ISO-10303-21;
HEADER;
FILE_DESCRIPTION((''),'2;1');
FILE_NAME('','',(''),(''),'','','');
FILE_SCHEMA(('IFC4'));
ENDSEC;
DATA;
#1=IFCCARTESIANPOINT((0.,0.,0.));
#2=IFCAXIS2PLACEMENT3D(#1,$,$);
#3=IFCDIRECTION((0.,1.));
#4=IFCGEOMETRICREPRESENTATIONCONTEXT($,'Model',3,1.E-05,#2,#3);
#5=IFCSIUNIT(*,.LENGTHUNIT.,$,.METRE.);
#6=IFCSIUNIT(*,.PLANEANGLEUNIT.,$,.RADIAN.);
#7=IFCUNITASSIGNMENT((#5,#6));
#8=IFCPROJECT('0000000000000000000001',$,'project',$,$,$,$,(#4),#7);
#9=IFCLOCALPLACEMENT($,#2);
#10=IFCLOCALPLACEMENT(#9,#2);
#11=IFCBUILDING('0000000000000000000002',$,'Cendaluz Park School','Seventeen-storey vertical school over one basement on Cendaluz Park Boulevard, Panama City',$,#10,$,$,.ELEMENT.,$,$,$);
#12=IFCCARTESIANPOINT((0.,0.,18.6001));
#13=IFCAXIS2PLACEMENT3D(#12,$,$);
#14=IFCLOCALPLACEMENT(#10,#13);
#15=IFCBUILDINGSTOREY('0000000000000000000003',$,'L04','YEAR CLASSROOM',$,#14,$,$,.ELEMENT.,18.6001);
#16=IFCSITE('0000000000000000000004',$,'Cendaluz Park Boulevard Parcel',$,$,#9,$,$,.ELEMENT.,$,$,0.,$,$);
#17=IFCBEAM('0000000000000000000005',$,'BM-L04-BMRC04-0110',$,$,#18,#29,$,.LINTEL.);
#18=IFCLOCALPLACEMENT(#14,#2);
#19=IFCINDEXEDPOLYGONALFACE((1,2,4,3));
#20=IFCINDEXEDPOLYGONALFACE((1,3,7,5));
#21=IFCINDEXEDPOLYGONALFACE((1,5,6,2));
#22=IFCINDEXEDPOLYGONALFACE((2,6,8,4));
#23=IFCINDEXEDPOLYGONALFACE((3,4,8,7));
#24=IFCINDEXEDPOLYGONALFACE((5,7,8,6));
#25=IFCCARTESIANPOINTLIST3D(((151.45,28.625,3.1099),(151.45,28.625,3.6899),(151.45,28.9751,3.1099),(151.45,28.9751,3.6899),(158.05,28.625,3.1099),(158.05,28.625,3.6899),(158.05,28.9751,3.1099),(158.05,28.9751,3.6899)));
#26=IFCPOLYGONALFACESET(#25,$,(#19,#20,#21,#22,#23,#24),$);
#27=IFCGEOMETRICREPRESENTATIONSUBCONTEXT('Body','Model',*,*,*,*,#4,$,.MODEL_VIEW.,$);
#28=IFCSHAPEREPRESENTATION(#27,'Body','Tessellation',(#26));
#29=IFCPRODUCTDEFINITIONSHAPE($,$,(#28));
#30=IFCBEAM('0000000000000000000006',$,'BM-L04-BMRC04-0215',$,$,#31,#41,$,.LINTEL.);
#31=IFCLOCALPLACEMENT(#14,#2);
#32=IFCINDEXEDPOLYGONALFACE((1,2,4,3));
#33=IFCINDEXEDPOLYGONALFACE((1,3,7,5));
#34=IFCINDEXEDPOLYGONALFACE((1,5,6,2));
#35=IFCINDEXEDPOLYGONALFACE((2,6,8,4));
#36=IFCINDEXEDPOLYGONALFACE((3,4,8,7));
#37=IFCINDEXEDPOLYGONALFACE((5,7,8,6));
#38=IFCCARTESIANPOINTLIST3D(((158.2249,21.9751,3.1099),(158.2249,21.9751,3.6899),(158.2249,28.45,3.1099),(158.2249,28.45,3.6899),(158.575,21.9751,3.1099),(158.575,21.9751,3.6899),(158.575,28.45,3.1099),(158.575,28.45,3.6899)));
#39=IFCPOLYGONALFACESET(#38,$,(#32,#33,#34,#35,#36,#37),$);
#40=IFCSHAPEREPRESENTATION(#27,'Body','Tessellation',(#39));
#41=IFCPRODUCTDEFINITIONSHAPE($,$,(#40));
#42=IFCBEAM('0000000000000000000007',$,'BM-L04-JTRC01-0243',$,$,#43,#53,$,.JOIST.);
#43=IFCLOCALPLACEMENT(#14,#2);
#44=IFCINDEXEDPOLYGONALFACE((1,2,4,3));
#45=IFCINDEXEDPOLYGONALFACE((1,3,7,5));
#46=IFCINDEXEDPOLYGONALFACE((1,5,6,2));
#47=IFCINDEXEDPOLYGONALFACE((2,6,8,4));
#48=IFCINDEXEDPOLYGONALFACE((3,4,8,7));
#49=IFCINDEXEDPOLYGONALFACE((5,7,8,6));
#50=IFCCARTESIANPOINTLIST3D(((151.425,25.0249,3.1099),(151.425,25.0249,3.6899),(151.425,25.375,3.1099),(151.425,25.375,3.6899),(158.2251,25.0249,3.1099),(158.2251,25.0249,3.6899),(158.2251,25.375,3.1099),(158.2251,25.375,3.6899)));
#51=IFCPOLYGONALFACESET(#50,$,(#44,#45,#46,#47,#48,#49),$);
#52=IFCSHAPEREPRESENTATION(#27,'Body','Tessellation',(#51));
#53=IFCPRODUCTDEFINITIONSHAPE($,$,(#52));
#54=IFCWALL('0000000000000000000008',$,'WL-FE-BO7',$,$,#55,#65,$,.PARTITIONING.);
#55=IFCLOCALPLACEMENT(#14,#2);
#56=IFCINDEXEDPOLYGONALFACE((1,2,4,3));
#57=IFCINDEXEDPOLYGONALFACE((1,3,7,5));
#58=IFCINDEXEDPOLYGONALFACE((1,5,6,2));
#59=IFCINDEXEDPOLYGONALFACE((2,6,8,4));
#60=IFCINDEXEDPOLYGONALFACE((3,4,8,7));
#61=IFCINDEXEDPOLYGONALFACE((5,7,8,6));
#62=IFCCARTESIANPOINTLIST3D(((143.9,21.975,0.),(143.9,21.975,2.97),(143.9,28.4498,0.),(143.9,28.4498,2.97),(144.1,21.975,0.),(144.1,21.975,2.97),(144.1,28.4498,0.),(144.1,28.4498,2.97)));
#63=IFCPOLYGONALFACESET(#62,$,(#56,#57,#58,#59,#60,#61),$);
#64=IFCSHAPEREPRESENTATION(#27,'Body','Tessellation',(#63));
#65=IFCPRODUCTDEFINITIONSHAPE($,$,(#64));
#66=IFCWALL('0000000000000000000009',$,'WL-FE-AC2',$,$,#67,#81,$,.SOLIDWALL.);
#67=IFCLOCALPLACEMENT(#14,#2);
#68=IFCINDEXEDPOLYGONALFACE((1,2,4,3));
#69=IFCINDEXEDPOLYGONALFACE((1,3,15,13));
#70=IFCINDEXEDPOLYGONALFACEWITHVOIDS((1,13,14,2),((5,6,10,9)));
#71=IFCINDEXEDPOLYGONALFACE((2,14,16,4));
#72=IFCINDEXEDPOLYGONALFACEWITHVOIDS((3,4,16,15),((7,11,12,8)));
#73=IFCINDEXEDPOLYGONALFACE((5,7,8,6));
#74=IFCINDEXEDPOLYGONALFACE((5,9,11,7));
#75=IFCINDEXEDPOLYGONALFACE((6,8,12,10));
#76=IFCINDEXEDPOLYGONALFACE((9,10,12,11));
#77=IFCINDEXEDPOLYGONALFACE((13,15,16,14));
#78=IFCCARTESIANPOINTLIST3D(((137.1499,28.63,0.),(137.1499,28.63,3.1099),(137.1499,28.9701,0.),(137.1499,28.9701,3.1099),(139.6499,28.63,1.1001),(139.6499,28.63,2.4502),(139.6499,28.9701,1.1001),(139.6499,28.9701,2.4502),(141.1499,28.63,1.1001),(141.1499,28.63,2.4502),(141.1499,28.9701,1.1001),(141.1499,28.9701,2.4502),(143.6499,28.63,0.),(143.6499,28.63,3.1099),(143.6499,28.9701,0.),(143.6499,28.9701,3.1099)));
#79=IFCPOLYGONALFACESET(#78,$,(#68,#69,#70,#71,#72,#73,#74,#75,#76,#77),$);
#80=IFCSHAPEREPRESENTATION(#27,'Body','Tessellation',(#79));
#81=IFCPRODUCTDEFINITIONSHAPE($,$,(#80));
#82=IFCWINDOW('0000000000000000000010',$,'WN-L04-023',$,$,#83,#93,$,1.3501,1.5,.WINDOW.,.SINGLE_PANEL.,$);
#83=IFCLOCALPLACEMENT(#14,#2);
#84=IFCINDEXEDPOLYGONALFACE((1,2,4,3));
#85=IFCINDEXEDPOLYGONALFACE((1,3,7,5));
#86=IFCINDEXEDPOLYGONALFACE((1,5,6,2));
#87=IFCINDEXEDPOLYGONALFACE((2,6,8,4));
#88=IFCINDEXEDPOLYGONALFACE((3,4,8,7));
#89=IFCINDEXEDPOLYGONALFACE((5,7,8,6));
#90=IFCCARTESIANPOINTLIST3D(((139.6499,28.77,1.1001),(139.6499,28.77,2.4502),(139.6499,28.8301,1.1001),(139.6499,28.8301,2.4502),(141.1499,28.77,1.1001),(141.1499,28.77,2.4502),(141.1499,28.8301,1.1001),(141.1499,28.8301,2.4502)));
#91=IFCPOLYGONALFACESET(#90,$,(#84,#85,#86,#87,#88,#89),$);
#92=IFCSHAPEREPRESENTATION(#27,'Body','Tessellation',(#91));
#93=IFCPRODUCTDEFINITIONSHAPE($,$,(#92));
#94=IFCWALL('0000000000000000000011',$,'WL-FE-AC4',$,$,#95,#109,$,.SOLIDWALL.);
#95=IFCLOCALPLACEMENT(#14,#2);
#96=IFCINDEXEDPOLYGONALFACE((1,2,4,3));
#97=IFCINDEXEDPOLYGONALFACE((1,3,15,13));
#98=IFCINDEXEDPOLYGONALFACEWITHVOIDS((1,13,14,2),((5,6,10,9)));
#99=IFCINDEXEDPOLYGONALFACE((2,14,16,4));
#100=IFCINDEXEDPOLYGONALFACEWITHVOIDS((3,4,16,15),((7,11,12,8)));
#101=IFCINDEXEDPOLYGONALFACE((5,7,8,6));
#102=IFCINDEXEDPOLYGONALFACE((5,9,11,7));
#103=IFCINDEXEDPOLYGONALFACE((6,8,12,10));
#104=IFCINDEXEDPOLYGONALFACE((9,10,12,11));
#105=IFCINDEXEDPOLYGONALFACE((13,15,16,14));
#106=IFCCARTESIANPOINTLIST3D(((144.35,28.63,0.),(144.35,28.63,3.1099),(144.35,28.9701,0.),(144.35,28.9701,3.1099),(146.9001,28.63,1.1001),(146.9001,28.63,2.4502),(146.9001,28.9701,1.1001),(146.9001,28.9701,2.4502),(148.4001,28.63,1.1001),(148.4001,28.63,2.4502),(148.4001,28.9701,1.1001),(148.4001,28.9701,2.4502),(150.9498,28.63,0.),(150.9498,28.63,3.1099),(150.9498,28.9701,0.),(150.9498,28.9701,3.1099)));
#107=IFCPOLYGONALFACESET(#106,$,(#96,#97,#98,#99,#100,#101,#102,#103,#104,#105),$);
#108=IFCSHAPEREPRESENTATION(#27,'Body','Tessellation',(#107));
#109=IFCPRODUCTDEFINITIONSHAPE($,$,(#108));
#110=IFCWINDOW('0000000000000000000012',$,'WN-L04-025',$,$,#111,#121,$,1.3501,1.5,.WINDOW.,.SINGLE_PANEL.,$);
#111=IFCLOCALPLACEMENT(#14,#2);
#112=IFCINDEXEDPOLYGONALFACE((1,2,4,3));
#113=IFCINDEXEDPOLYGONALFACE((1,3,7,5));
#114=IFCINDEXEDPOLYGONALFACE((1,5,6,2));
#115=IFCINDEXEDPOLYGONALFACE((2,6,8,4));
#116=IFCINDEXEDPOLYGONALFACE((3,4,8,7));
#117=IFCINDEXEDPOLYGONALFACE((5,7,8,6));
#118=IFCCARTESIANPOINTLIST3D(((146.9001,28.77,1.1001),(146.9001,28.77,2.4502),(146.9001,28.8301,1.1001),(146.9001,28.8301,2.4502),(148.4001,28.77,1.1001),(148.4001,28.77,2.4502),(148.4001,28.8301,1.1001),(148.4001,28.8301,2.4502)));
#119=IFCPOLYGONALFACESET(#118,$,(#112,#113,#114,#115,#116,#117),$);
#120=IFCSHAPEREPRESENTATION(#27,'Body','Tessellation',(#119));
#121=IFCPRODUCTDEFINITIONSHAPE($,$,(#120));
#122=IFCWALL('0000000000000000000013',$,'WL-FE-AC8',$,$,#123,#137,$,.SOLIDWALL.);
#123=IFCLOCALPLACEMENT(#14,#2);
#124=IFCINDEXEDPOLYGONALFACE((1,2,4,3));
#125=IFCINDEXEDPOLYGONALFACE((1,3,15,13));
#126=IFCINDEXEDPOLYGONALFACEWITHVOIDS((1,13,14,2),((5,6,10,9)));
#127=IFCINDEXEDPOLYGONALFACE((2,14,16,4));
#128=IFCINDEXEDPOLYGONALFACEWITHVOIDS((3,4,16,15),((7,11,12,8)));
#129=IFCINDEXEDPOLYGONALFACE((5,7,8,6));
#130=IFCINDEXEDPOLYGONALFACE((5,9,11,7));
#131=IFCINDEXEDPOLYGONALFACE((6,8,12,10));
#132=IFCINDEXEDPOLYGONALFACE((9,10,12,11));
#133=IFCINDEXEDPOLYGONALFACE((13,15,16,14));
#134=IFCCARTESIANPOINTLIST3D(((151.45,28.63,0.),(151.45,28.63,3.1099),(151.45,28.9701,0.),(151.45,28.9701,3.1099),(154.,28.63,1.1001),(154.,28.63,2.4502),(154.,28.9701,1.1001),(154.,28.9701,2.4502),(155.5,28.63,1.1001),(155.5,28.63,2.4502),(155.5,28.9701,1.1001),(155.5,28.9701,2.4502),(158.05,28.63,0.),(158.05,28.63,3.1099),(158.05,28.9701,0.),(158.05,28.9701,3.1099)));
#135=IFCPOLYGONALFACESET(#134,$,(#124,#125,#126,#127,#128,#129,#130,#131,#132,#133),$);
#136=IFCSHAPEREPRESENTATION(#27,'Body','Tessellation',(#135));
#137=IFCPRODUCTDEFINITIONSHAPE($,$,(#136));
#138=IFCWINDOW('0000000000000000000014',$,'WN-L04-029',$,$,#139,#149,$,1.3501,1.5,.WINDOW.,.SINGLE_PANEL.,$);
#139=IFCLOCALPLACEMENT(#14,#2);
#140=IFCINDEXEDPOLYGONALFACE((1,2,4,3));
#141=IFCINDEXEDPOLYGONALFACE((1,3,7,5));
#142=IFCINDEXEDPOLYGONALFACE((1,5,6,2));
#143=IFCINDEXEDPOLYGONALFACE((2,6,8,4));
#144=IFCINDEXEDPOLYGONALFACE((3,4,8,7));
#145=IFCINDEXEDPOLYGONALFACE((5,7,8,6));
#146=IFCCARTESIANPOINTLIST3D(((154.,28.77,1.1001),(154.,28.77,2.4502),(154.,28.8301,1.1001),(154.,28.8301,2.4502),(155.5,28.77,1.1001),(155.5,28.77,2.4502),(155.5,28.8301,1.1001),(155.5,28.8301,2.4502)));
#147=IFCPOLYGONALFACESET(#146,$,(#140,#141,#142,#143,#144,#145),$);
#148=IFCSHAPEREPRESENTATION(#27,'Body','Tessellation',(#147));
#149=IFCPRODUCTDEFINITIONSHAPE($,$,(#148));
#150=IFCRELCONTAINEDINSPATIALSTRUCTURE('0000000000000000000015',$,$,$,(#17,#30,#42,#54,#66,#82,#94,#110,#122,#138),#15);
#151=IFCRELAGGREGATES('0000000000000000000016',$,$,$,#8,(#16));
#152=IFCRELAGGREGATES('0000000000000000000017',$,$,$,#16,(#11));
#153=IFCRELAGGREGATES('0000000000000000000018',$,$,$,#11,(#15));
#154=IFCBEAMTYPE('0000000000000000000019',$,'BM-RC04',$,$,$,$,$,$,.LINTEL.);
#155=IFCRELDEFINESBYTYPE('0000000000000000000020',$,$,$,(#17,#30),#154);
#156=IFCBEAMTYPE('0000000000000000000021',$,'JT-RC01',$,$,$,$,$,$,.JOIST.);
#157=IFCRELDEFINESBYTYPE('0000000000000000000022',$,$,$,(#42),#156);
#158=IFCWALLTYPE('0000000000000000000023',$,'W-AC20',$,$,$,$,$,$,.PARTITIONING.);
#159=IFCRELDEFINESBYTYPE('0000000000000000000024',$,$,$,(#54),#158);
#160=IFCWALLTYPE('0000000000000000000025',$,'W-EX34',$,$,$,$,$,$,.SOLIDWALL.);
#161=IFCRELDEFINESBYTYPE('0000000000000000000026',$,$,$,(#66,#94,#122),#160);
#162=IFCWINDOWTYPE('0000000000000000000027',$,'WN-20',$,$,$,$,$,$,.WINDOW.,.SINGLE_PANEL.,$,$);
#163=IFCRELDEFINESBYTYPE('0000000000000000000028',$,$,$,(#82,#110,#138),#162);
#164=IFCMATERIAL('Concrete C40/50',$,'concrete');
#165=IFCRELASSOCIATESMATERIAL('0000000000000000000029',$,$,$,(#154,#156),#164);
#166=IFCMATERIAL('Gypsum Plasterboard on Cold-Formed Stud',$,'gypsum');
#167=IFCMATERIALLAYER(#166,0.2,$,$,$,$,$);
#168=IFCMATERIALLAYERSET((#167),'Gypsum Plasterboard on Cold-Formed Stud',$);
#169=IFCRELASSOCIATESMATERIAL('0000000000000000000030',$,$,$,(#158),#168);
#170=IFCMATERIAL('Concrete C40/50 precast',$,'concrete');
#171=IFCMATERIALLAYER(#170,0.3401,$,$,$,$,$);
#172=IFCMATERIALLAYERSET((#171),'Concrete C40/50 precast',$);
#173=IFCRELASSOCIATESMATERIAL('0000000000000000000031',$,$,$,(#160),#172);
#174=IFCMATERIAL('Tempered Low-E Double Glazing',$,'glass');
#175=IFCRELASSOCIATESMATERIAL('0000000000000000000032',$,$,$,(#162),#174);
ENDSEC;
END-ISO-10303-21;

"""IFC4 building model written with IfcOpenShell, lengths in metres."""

from ifc_helpers import new_model, si_unit, direction, frame, frame_2d, origin, origin_2d, place, context, subcontext, project, spatial, rectangle, extrude, material, layer, layer_set, material_profile, profile_set, type_object, element, fill, save


model = new_model("IFC4")

# Units and contexts
model_context = context("Model", 3, precision=1e-05, world=origin(), true_north=direction((0.0, 1.0)))
body_context = subcontext(model_context, "Body", "Model", "MODEL_VIEW")
ifc_project = project(units=[si_unit("LENGTHUNIT", "METRE"), si_unit("PLANEANGLEUNIT", "RADIAN")], contexts=[model_context])

# Site, building, storey
site_placement = place(None, origin())
site = spatial("IfcSite", under=ifc_project, at=site_placement, Name="Cendaluz Park Boulevard Parcel", CompositionType="ELEMENT", RefElevation=0.0)
building_placement = place(site_placement, origin())
building = spatial("IfcBuilding", under=site, at=building_placement, Name="Cendaluz Park School", Description="Seventeen-storey vertical school over one basement on Cendaluz Park Boulevard, Panama City", CompositionType="ELEMENT")
storey_placement = place(building_placement, frame((0.0, 0.0, 18.6001)))
storey = spatial("IfcBuildingStorey", under=building, at=storey_placement, Name="L04", Description="YEAR CLASSROOM", CompositionType="ELEMENT", Elevation=18.6001)

# Shared definitions
ifc_material_1 = material(Name="Concrete C40/50", Category="concrete")

# Beams
ifc_material_profile_1 = material_profile(ifc_material_1, rectangle(XDim=0.3501, YDim=0.5801, at=origin_2d()), Name="RC 350x580", Category="concrete")
ifc_profile_set_1 = profile_set([ifc_material_profile_1], Name="Concrete C40/50")
beam_type_1 = type_object("IfcBeamType", Name="BM-RC04", PredefinedType="LINTEL", material=ifc_profile_set_1)
beam_1_placement = place(storey_placement, frame((151.45, 28.8, 3.3999), z_axis=(1.0, 0.0, 0.0), x_axis=(0.0, 1.0, 0.0)))
element("IfcBeam", 1, at=beam_1_placement, inside=storey, type_object=beam_type_1, Name="BM-L04-BMRC04-0110", PredefinedType="LINTEL", context=body_context, shape_type="SweptSolid", body=[
    extrude(rectangle(XDim=0.3501, YDim=0.5801, at=origin_2d()), origin(), (0.0, 0.0, 1.0), 6.6001),
])
beam_2_placement = place(storey_placement, frame((158.3999, 21.9751, 3.3999), z_axis=(0.0, 1.0, 0.0), x_axis=(-1.0, 0.0, 0.0)))
element("IfcBeam", 2, at=beam_2_placement, inside=storey, type_object=beam_type_1, Name="BM-L04-BMRC04-0215", PredefinedType="LINTEL", context=body_context, shape_type="SweptSolid", body=[
    extrude(rectangle(XDim=0.3501, YDim=0.5801, at=origin_2d()), origin(), (0.0, 0.0, 1.0), 6.4749),
])
ifc_material_profile_2 = material_profile(ifc_material_1, rectangle(XDim=0.3501, YDim=0.5801, at=origin_2d()), Name="RC 350x580", Category="concrete")
ifc_profile_set_2 = profile_set([ifc_material_profile_2], Name="Concrete C40/50")
beam_type_2 = type_object("IfcBeamType", Name="JT-RC01", PredefinedType="JOIST", material=ifc_profile_set_2)
beam_3_placement = place(storey_placement, frame((151.425, 25.2, 3.3999), z_axis=(1.0, 0.0, 0.0), x_axis=(0.0, 1.0, 0.0)))
element("IfcBeam", 3, at=beam_3_placement, inside=storey, type_object=beam_type_2, Name="BM-L04-JTRC01-0243", PredefinedType="JOIST", context=body_context, shape_type="SweptSolid", body=[
    extrude(rectangle(XDim=0.3501, YDim=0.5801, at=origin_2d()), origin(), (0.0, 0.0, 1.0), 6.8),
])

# Wall
ifc_material_2 = material(Name="Gypsum Plasterboard on Cold-Formed Stud", Category="gypsum")
ifc_layer_1 = layer(ifc_material_2, 0.2)
ifc_layer_set_1 = layer_set([ifc_layer_1], Name="Gypsum Plasterboard on Cold-Formed Stud")
wall_type_1 = type_object("IfcWallType", Name="W-AC20", PredefinedType="PARTITIONING", material=ifc_layer_set_1)
wall_1_placement = place(storey_placement, frame((144.0, 21.9751, 0.0), z_axis=(0.0, 0.0, 1.0), x_axis=(0.0, 1.0, 0.0)))
element("IfcWall", 4, at=wall_1_placement, inside=storey, type_object=wall_type_1, Name="WL-FE-BO7", PredefinedType="PARTITIONING", context=body_context, shape_type="SweptSolid", body=[
    extrude(rectangle(XDim=6.4749, YDim=0.2, at=frame_2d((3.2373, 0.0))), origin(), (0.0, 0.0, 1.0), 2.97),
])

# Walls, openings, windows
ifc_material_3 = material(Name="Concrete C40/50 precast", Category="concrete")
ifc_layer_2 = layer(ifc_material_3, 0.3401)
ifc_layer_set_2 = layer_set([ifc_layer_2], Name="Concrete C40/50 precast")
wall_type_2 = type_object("IfcWallType", Name="W-EX34", PredefinedType="SOLIDWALL", material=ifc_layer_set_2)
wall_2_placement = place(storey_placement, frame((137.1499, 28.8, 0.0), z_axis=(0.0, 0.0, 1.0), x_axis=(1.0, 0.0, 0.0)))
wall_2 = element("IfcWall", 5, at=wall_2_placement, inside=storey, type_object=wall_type_2, Name="WL-FE-AC2", PredefinedType="SOLIDWALL", context=body_context, shape_type="SweptSolid", body=[
    extrude(rectangle(XDim=6.5, YDim=0.3401, at=frame_2d((3.25, 0.0))), origin(), (0.0, 0.0, 1.0), 3.1099),
])
opening_1_placement = place(wall_2_placement, frame((2.5, 0.0, 1.1001)))
opening_1 = element("IfcOpeningElement", 6, at=opening_1_placement, cuts=wall_2, PredefinedType="OPENING", context=body_context, shape_type="SweptSolid", body=[
    extrude(rectangle(XDim=1.5, YDim=1.3501, at=frame_2d((0.75, 0.675))), frame((0.0, 0.1821, 0.0), z_axis=(0.0, -1.0, 0.0), x_axis=(1.0, 0.0, 0.0)), (0.0, 0.0, 1.0), 0.364),
])
ifc_material_4 = material(Name="Tempered Low-E Double Glazing", Category="glass")
window_type = type_object("IfcWindowType", Name="WN-20", PartitioningType="SINGLE_PANEL", PredefinedType="WINDOW", material=ifc_material_4)
window_1_placement = place(opening_1_placement, origin())
window_1 = element("IfcWindow", 7, at=window_1_placement, inside=storey, type_object=window_type, Name="WN-L04-023", OverallHeight=1.3501, OverallWidth=1.5, PartitioningType="SINGLE_PANEL", PredefinedType="WINDOW", context=body_context, shape_type="SweptSolid", body=[
    extrude(rectangle(XDim=1.5, YDim=1.3501, at=frame_2d((0.75, 0.675))), frame((0.0, 0.03, 0.0), z_axis=(0.0, -1.0, 0.0), x_axis=(1.0, 0.0, 0.0)), (0.0, 0.0, 1.0), 0.0601),
])
fill(opening_1, window_1)
wall_3_placement = place(storey_placement, frame((144.3501, 28.8, 0.0), z_axis=(0.0, 0.0, 1.0), x_axis=(1.0, 0.0, 0.0)))
wall_3 = element("IfcWall", 8, at=wall_3_placement, inside=storey, type_object=wall_type_2, Name="WL-FE-AC4", PredefinedType="SOLIDWALL", context=body_context, shape_type="SweptSolid", body=[
    extrude(rectangle(XDim=6.5999, YDim=0.3401, at=frame_2d((3.2998, 0.0))), origin(), (0.0, 0.0, 1.0), 3.1099),
])
opening_2_placement = place(wall_3_placement, frame((2.55, 0.0, 1.1001)))
opening_2 = element("IfcOpeningElement", 9, at=opening_2_placement, cuts=wall_3, PredefinedType="OPENING", context=body_context, shape_type="SweptSolid", body=[
    extrude(rectangle(XDim=1.5, YDim=1.3501, at=frame_2d((0.75, 0.675))), frame((0.0, 0.1821, 0.0), z_axis=(0.0, -1.0, 0.0), x_axis=(1.0, 0.0, 0.0)), (0.0, 0.0, 1.0), 0.364),
])
window_2_placement = place(opening_2_placement, origin())
window_2 = element("IfcWindow", 10, at=window_2_placement, inside=storey, type_object=window_type, Name="WN-L04-025", OverallHeight=1.3501, OverallWidth=1.5, PartitioningType="SINGLE_PANEL", PredefinedType="WINDOW", context=body_context, shape_type="SweptSolid", body=[
    extrude(rectangle(XDim=1.5, YDim=1.3501, at=frame_2d((0.75, 0.675))), frame((0.0, 0.03, 0.0), z_axis=(0.0, -1.0, 0.0), x_axis=(1.0, 0.0, 0.0)), (0.0, 0.0, 1.0), 0.0601),
])
fill(opening_2, window_2)
wall_4_placement = place(storey_placement, frame((151.45, 28.8, 0.0), z_axis=(0.0, 0.0, 1.0), x_axis=(1.0, 0.0, 0.0)))
wall_4 = element("IfcWall", 11, at=wall_4_placement, inside=storey, type_object=wall_type_2, Name="WL-FE-AC8", PredefinedType="SOLIDWALL", context=body_context, shape_type="SweptSolid", body=[
    extrude(rectangle(XDim=6.6001, YDim=0.3401, at=frame_2d((3.3, 0.0))), origin(), (0.0, 0.0, 1.0), 3.1099),
])
opening_3_placement = place(wall_4_placement, frame((2.55, 0.0, 1.1001)))
opening_3 = element("IfcOpeningElement", 12, at=opening_3_placement, cuts=wall_4, PredefinedType="OPENING", context=body_context, shape_type="SweptSolid", body=[
    extrude(rectangle(XDim=1.5, YDim=1.3501, at=frame_2d((0.75, 0.675))), frame((0.0, 0.1821, 0.0), z_axis=(0.0, -1.0, 0.0), x_axis=(1.0, 0.0, 0.0)), (0.0, 0.0, 1.0), 0.364),
])
window_3_placement = place(opening_3_placement, origin())
window_3 = element("IfcWindow", 13, at=window_3_placement, inside=storey, type_object=window_type, Name="WN-L04-029", OverallHeight=1.3501, OverallWidth=1.5, PartitioningType="SINGLE_PANEL", PredefinedType="WINDOW", context=body_context, shape_type="SweptSolid", body=[
    extrude(rectangle(XDim=1.5, YDim=1.3501, at=frame_2d((0.75, 0.675))), frame((0.0, 0.03, 0.0), z_axis=(0.0, -1.0, 0.0), x_axis=(1.0, 0.0, 0.0)), (0.0, 0.0, 1.0), 0.0601),
])
fill(opening_3, window_3)

save(model, "model.ifc")
